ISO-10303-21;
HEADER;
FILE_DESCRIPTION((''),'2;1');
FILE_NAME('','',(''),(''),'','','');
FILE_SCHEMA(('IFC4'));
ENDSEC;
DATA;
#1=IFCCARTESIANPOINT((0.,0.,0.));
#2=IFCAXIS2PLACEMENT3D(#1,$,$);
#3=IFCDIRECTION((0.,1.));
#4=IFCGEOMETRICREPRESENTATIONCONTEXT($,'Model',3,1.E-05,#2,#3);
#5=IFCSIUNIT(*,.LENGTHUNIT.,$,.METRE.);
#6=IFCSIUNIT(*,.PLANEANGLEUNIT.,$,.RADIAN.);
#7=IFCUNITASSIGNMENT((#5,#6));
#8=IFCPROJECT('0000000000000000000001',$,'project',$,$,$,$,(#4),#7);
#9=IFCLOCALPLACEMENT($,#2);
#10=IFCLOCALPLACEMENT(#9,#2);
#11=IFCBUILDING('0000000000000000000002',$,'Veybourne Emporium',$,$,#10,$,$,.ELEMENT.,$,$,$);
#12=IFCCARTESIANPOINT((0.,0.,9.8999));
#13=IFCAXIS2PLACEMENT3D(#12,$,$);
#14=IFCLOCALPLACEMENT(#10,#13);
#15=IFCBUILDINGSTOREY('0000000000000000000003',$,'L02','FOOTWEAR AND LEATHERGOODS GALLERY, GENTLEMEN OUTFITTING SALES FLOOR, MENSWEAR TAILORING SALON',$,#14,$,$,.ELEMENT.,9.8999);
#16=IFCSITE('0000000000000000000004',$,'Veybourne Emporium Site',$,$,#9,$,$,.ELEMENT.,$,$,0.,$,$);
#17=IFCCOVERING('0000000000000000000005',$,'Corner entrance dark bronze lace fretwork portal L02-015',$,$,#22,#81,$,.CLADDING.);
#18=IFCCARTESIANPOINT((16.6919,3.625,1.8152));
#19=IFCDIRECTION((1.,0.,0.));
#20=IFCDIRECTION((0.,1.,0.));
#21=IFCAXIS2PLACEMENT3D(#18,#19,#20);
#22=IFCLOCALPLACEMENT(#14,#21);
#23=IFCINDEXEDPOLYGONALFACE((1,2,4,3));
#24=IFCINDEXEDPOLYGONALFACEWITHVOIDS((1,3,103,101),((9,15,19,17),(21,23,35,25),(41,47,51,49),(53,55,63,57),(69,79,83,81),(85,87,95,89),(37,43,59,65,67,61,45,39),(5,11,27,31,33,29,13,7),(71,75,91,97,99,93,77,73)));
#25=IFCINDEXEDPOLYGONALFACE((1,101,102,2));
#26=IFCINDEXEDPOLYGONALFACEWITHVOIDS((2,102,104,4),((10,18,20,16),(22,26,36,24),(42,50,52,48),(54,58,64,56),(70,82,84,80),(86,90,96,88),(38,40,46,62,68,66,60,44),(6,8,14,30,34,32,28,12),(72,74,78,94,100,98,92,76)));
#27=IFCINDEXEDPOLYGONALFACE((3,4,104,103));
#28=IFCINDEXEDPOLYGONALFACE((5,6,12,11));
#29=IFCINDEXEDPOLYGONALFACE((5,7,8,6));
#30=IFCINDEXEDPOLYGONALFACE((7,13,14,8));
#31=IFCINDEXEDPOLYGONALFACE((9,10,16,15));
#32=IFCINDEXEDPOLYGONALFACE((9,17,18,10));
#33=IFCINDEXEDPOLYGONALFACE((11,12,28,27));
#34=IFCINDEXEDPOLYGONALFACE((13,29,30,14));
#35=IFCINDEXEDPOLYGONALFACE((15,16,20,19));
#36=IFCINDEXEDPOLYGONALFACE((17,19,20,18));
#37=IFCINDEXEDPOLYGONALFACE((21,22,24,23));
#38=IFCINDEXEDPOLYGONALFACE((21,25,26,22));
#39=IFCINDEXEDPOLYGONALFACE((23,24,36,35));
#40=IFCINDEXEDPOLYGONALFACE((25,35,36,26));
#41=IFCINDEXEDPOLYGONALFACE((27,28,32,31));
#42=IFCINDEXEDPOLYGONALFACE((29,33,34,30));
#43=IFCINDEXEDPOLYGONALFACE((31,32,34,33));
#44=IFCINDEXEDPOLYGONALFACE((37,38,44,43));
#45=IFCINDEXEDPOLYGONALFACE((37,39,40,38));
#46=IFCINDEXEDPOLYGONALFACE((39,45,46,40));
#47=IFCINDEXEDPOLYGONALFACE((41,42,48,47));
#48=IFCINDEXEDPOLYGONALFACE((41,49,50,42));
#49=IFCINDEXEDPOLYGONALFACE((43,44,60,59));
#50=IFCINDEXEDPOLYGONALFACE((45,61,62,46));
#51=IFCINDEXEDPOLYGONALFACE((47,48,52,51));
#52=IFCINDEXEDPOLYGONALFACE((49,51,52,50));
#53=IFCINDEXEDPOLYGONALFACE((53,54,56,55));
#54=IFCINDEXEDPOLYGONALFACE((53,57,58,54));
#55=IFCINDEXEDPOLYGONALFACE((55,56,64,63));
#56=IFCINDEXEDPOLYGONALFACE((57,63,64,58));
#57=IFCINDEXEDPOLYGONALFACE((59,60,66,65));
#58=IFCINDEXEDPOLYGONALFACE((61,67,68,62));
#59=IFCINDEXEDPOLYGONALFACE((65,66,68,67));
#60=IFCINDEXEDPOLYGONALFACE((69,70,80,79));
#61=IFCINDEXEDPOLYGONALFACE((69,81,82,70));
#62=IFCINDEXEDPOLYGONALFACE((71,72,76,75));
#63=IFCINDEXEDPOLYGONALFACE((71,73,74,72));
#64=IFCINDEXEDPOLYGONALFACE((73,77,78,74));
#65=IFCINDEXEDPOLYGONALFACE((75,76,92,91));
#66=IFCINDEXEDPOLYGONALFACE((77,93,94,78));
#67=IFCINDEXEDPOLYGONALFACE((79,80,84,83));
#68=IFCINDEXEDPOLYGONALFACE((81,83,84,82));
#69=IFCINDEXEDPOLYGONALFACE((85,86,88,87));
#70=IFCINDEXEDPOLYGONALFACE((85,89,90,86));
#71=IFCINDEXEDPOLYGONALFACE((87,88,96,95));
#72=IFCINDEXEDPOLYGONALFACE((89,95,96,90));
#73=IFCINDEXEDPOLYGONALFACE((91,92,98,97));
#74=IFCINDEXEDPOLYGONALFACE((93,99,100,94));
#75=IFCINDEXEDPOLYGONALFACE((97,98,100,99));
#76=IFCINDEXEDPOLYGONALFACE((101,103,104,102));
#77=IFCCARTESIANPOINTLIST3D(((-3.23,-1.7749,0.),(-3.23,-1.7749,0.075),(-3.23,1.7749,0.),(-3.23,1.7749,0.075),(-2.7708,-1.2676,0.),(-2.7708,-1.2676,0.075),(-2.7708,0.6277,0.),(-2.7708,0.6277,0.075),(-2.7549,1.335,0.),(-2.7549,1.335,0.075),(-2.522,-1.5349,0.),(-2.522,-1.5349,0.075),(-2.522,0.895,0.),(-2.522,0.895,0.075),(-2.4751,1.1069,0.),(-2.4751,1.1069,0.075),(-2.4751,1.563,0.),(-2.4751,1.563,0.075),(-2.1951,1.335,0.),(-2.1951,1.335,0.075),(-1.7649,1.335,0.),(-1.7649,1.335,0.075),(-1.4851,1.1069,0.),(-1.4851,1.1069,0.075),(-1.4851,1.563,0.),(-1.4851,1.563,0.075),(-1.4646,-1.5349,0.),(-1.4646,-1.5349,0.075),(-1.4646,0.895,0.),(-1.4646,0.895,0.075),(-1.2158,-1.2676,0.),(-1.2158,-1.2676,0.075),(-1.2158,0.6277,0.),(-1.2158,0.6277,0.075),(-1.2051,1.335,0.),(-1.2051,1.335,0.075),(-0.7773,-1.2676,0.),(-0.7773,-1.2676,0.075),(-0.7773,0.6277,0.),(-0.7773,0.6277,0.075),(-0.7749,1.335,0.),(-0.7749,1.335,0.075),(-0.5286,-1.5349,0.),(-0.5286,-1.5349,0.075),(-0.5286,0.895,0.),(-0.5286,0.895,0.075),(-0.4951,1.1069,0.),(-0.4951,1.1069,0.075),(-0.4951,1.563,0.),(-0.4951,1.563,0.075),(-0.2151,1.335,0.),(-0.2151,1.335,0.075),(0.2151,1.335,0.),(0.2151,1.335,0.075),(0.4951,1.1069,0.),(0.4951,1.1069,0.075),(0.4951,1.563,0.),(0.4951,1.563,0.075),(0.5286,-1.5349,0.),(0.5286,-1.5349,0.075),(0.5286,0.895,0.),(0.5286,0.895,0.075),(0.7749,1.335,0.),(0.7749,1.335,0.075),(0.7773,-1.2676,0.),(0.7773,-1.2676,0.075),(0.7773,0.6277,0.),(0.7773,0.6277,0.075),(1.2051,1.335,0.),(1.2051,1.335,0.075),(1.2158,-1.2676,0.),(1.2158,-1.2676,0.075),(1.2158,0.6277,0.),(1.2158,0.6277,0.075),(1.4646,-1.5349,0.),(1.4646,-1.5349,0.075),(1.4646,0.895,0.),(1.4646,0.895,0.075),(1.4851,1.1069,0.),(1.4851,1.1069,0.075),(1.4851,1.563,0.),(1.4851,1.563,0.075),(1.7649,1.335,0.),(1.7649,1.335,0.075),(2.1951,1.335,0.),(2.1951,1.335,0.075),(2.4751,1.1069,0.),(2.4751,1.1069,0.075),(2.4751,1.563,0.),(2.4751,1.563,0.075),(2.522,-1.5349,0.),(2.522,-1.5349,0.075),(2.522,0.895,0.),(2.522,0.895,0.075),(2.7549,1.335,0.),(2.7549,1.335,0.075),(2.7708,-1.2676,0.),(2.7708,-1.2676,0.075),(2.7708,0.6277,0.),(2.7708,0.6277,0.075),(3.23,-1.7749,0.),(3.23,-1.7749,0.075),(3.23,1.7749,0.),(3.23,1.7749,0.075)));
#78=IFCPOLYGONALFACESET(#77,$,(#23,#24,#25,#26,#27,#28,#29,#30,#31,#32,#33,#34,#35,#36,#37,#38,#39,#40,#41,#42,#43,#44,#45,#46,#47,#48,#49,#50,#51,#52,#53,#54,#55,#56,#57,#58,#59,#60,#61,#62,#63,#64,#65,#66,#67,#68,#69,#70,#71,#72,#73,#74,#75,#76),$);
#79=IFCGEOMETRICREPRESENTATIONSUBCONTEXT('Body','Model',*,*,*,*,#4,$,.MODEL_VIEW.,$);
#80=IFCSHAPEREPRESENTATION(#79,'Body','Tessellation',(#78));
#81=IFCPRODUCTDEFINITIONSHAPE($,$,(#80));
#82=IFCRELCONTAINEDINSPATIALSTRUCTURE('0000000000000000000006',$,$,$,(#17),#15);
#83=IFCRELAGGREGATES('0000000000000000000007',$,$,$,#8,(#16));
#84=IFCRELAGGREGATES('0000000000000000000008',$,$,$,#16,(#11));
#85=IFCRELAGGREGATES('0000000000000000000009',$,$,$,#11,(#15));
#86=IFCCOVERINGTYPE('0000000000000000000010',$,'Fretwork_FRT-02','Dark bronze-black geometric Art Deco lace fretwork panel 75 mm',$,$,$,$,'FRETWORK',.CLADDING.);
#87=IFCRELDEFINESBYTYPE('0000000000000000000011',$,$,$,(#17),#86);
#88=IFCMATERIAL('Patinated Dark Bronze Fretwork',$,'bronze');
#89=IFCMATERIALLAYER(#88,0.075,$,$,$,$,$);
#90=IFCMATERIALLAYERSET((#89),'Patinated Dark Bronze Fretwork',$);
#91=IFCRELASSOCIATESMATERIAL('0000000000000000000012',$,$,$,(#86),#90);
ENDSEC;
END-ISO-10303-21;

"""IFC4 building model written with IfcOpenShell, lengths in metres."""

from ifc_helpers import new_model, si_unit, direction, frame, origin, place, context, subcontext, project, spatial, polyline, outline, extrude, material, layer, layer_set, type_object, element, save


model = new_model("IFC4")

# Units and contexts
model_context = context("Model", 3, precision=1e-05, world=origin(), true_north=direction((0.0, 1.0)))
body_context = subcontext(model_context, "Body", "Model", "MODEL_VIEW")
ifc_project = project(units=[si_unit("LENGTHUNIT", "METRE"), si_unit("PLANEANGLEUNIT", "RADIAN")], contexts=[model_context])

# Site, building, storey
site_placement = place(None, origin())
site = spatial("IfcSite", under=ifc_project, at=site_placement, Name="Veybourne Emporium Site", CompositionType="ELEMENT", RefElevation=0.0)
building_placement = place(site_placement, origin())
building = spatial("IfcBuilding", under=site, at=building_placement, Name="Veybourne Emporium", CompositionType="ELEMENT")
storey_placement = place(building_placement, frame((0.0, 0.0, 9.8999)))
storey = spatial("IfcBuildingStorey", under=building, at=storey_placement, Name="L02", Description="FOOTWEAR AND LEATHERGOODS GALLERY, GENTLEMEN OUTFITTING SALES FLOOR, MENSWEAR TAILORING SALON", CompositionType="ELEMENT", Elevation=9.8999)

# Covering
ifc_material_1 = material(Name="Patinated Dark Bronze Fretwork", Category="bronze")
ifc_layer_1 = layer(ifc_material_1, 0.075)
ifc_layer_set_1 = layer_set([ifc_layer_1], Name="Patinated Dark Bronze Fretwork")
covering_type = type_object("IfcCoveringType", Name="Fretwork_FRT-02", Description="Dark bronze-black geometric Art Deco lace fretwork panel 75 mm", ElementType="FRETWORK", PredefinedType="CLADDING", material=ifc_layer_set_1)
covering_placement = place(storey_placement, frame((16.6919, 3.625, 1.8152), z_axis=(1.0, 0.0, 0.0), x_axis=(0.0, 1.0, 0.0)))
element("IfcCovering", 1, at=covering_placement, inside=storey, type_object=covering_type, Name="Corner entrance dark bronze lace fretwork portal L02-015", PredefinedType="CLADDING", context=body_context, shape_type="SweptSolid", body=[
    extrude(outline(polyline([(-3.23, -1.7749), (3.23, -1.7749), (3.23, 1.7749), (-3.23, 1.7749), (-3.23, -1.7749)]), holes=[polyline([(-2.522, 0.895), (-1.4646, 0.895), (-1.2158, 0.6277), (-1.2158, -1.2676), (-1.4646, -1.5349), (-2.522, -1.5349), (-2.7708, -1.2676), (-2.7708, 0.6277), (-2.522, 0.895)]), polyline([(-0.5286, 0.895), (0.5286, 0.895), (0.7773, 0.6277), (0.7773, -1.2676), (0.5286, -1.5349), (-0.5286, -1.5349), (-0.7773, -1.2676), (-0.7773, 0.6277), (-0.5286, 0.895)]), polyline([(1.4646, 0.895), (2.522, 0.895), (2.7708, 0.6277), (2.7708, -1.2676), (2.522, -1.5349), (1.4646, -1.5349), (1.2158, -1.2676), (1.2158, 0.6277), (1.4646, 0.895)]), polyline([(-2.4751, 1.563), (-2.1951, 1.335), (-2.4751, 1.1069), (-2.7549, 1.335), (-2.4751, 1.563)]), polyline([(-1.4851, 1.563), (-1.2051, 1.335), (-1.4851, 1.1069), (-1.7649, 1.335), (-1.4851, 1.563)]), polyline([(-0.4951, 1.563), (-0.2151, 1.335), (-0.4951, 1.1069), (-0.7749, 1.335), (-0.4951, 1.563)]), polyline([(0.4951, 1.563), (0.7749, 1.335), (0.4951, 1.1069), (0.2151, 1.335), (0.4951, 1.563)]), polyline([(1.4851, 1.563), (1.7649, 1.335), (1.4851, 1.1069), (1.2051, 1.335), (1.4851, 1.563)]), polyline([(2.4751, 1.563), (2.7549, 1.335), (2.4751, 1.1069), (2.1951, 1.335), (2.4751, 1.563)])]), origin(), (0.0, 0.0, 1.0), 0.075),
])

save(model, "model.ifc")
